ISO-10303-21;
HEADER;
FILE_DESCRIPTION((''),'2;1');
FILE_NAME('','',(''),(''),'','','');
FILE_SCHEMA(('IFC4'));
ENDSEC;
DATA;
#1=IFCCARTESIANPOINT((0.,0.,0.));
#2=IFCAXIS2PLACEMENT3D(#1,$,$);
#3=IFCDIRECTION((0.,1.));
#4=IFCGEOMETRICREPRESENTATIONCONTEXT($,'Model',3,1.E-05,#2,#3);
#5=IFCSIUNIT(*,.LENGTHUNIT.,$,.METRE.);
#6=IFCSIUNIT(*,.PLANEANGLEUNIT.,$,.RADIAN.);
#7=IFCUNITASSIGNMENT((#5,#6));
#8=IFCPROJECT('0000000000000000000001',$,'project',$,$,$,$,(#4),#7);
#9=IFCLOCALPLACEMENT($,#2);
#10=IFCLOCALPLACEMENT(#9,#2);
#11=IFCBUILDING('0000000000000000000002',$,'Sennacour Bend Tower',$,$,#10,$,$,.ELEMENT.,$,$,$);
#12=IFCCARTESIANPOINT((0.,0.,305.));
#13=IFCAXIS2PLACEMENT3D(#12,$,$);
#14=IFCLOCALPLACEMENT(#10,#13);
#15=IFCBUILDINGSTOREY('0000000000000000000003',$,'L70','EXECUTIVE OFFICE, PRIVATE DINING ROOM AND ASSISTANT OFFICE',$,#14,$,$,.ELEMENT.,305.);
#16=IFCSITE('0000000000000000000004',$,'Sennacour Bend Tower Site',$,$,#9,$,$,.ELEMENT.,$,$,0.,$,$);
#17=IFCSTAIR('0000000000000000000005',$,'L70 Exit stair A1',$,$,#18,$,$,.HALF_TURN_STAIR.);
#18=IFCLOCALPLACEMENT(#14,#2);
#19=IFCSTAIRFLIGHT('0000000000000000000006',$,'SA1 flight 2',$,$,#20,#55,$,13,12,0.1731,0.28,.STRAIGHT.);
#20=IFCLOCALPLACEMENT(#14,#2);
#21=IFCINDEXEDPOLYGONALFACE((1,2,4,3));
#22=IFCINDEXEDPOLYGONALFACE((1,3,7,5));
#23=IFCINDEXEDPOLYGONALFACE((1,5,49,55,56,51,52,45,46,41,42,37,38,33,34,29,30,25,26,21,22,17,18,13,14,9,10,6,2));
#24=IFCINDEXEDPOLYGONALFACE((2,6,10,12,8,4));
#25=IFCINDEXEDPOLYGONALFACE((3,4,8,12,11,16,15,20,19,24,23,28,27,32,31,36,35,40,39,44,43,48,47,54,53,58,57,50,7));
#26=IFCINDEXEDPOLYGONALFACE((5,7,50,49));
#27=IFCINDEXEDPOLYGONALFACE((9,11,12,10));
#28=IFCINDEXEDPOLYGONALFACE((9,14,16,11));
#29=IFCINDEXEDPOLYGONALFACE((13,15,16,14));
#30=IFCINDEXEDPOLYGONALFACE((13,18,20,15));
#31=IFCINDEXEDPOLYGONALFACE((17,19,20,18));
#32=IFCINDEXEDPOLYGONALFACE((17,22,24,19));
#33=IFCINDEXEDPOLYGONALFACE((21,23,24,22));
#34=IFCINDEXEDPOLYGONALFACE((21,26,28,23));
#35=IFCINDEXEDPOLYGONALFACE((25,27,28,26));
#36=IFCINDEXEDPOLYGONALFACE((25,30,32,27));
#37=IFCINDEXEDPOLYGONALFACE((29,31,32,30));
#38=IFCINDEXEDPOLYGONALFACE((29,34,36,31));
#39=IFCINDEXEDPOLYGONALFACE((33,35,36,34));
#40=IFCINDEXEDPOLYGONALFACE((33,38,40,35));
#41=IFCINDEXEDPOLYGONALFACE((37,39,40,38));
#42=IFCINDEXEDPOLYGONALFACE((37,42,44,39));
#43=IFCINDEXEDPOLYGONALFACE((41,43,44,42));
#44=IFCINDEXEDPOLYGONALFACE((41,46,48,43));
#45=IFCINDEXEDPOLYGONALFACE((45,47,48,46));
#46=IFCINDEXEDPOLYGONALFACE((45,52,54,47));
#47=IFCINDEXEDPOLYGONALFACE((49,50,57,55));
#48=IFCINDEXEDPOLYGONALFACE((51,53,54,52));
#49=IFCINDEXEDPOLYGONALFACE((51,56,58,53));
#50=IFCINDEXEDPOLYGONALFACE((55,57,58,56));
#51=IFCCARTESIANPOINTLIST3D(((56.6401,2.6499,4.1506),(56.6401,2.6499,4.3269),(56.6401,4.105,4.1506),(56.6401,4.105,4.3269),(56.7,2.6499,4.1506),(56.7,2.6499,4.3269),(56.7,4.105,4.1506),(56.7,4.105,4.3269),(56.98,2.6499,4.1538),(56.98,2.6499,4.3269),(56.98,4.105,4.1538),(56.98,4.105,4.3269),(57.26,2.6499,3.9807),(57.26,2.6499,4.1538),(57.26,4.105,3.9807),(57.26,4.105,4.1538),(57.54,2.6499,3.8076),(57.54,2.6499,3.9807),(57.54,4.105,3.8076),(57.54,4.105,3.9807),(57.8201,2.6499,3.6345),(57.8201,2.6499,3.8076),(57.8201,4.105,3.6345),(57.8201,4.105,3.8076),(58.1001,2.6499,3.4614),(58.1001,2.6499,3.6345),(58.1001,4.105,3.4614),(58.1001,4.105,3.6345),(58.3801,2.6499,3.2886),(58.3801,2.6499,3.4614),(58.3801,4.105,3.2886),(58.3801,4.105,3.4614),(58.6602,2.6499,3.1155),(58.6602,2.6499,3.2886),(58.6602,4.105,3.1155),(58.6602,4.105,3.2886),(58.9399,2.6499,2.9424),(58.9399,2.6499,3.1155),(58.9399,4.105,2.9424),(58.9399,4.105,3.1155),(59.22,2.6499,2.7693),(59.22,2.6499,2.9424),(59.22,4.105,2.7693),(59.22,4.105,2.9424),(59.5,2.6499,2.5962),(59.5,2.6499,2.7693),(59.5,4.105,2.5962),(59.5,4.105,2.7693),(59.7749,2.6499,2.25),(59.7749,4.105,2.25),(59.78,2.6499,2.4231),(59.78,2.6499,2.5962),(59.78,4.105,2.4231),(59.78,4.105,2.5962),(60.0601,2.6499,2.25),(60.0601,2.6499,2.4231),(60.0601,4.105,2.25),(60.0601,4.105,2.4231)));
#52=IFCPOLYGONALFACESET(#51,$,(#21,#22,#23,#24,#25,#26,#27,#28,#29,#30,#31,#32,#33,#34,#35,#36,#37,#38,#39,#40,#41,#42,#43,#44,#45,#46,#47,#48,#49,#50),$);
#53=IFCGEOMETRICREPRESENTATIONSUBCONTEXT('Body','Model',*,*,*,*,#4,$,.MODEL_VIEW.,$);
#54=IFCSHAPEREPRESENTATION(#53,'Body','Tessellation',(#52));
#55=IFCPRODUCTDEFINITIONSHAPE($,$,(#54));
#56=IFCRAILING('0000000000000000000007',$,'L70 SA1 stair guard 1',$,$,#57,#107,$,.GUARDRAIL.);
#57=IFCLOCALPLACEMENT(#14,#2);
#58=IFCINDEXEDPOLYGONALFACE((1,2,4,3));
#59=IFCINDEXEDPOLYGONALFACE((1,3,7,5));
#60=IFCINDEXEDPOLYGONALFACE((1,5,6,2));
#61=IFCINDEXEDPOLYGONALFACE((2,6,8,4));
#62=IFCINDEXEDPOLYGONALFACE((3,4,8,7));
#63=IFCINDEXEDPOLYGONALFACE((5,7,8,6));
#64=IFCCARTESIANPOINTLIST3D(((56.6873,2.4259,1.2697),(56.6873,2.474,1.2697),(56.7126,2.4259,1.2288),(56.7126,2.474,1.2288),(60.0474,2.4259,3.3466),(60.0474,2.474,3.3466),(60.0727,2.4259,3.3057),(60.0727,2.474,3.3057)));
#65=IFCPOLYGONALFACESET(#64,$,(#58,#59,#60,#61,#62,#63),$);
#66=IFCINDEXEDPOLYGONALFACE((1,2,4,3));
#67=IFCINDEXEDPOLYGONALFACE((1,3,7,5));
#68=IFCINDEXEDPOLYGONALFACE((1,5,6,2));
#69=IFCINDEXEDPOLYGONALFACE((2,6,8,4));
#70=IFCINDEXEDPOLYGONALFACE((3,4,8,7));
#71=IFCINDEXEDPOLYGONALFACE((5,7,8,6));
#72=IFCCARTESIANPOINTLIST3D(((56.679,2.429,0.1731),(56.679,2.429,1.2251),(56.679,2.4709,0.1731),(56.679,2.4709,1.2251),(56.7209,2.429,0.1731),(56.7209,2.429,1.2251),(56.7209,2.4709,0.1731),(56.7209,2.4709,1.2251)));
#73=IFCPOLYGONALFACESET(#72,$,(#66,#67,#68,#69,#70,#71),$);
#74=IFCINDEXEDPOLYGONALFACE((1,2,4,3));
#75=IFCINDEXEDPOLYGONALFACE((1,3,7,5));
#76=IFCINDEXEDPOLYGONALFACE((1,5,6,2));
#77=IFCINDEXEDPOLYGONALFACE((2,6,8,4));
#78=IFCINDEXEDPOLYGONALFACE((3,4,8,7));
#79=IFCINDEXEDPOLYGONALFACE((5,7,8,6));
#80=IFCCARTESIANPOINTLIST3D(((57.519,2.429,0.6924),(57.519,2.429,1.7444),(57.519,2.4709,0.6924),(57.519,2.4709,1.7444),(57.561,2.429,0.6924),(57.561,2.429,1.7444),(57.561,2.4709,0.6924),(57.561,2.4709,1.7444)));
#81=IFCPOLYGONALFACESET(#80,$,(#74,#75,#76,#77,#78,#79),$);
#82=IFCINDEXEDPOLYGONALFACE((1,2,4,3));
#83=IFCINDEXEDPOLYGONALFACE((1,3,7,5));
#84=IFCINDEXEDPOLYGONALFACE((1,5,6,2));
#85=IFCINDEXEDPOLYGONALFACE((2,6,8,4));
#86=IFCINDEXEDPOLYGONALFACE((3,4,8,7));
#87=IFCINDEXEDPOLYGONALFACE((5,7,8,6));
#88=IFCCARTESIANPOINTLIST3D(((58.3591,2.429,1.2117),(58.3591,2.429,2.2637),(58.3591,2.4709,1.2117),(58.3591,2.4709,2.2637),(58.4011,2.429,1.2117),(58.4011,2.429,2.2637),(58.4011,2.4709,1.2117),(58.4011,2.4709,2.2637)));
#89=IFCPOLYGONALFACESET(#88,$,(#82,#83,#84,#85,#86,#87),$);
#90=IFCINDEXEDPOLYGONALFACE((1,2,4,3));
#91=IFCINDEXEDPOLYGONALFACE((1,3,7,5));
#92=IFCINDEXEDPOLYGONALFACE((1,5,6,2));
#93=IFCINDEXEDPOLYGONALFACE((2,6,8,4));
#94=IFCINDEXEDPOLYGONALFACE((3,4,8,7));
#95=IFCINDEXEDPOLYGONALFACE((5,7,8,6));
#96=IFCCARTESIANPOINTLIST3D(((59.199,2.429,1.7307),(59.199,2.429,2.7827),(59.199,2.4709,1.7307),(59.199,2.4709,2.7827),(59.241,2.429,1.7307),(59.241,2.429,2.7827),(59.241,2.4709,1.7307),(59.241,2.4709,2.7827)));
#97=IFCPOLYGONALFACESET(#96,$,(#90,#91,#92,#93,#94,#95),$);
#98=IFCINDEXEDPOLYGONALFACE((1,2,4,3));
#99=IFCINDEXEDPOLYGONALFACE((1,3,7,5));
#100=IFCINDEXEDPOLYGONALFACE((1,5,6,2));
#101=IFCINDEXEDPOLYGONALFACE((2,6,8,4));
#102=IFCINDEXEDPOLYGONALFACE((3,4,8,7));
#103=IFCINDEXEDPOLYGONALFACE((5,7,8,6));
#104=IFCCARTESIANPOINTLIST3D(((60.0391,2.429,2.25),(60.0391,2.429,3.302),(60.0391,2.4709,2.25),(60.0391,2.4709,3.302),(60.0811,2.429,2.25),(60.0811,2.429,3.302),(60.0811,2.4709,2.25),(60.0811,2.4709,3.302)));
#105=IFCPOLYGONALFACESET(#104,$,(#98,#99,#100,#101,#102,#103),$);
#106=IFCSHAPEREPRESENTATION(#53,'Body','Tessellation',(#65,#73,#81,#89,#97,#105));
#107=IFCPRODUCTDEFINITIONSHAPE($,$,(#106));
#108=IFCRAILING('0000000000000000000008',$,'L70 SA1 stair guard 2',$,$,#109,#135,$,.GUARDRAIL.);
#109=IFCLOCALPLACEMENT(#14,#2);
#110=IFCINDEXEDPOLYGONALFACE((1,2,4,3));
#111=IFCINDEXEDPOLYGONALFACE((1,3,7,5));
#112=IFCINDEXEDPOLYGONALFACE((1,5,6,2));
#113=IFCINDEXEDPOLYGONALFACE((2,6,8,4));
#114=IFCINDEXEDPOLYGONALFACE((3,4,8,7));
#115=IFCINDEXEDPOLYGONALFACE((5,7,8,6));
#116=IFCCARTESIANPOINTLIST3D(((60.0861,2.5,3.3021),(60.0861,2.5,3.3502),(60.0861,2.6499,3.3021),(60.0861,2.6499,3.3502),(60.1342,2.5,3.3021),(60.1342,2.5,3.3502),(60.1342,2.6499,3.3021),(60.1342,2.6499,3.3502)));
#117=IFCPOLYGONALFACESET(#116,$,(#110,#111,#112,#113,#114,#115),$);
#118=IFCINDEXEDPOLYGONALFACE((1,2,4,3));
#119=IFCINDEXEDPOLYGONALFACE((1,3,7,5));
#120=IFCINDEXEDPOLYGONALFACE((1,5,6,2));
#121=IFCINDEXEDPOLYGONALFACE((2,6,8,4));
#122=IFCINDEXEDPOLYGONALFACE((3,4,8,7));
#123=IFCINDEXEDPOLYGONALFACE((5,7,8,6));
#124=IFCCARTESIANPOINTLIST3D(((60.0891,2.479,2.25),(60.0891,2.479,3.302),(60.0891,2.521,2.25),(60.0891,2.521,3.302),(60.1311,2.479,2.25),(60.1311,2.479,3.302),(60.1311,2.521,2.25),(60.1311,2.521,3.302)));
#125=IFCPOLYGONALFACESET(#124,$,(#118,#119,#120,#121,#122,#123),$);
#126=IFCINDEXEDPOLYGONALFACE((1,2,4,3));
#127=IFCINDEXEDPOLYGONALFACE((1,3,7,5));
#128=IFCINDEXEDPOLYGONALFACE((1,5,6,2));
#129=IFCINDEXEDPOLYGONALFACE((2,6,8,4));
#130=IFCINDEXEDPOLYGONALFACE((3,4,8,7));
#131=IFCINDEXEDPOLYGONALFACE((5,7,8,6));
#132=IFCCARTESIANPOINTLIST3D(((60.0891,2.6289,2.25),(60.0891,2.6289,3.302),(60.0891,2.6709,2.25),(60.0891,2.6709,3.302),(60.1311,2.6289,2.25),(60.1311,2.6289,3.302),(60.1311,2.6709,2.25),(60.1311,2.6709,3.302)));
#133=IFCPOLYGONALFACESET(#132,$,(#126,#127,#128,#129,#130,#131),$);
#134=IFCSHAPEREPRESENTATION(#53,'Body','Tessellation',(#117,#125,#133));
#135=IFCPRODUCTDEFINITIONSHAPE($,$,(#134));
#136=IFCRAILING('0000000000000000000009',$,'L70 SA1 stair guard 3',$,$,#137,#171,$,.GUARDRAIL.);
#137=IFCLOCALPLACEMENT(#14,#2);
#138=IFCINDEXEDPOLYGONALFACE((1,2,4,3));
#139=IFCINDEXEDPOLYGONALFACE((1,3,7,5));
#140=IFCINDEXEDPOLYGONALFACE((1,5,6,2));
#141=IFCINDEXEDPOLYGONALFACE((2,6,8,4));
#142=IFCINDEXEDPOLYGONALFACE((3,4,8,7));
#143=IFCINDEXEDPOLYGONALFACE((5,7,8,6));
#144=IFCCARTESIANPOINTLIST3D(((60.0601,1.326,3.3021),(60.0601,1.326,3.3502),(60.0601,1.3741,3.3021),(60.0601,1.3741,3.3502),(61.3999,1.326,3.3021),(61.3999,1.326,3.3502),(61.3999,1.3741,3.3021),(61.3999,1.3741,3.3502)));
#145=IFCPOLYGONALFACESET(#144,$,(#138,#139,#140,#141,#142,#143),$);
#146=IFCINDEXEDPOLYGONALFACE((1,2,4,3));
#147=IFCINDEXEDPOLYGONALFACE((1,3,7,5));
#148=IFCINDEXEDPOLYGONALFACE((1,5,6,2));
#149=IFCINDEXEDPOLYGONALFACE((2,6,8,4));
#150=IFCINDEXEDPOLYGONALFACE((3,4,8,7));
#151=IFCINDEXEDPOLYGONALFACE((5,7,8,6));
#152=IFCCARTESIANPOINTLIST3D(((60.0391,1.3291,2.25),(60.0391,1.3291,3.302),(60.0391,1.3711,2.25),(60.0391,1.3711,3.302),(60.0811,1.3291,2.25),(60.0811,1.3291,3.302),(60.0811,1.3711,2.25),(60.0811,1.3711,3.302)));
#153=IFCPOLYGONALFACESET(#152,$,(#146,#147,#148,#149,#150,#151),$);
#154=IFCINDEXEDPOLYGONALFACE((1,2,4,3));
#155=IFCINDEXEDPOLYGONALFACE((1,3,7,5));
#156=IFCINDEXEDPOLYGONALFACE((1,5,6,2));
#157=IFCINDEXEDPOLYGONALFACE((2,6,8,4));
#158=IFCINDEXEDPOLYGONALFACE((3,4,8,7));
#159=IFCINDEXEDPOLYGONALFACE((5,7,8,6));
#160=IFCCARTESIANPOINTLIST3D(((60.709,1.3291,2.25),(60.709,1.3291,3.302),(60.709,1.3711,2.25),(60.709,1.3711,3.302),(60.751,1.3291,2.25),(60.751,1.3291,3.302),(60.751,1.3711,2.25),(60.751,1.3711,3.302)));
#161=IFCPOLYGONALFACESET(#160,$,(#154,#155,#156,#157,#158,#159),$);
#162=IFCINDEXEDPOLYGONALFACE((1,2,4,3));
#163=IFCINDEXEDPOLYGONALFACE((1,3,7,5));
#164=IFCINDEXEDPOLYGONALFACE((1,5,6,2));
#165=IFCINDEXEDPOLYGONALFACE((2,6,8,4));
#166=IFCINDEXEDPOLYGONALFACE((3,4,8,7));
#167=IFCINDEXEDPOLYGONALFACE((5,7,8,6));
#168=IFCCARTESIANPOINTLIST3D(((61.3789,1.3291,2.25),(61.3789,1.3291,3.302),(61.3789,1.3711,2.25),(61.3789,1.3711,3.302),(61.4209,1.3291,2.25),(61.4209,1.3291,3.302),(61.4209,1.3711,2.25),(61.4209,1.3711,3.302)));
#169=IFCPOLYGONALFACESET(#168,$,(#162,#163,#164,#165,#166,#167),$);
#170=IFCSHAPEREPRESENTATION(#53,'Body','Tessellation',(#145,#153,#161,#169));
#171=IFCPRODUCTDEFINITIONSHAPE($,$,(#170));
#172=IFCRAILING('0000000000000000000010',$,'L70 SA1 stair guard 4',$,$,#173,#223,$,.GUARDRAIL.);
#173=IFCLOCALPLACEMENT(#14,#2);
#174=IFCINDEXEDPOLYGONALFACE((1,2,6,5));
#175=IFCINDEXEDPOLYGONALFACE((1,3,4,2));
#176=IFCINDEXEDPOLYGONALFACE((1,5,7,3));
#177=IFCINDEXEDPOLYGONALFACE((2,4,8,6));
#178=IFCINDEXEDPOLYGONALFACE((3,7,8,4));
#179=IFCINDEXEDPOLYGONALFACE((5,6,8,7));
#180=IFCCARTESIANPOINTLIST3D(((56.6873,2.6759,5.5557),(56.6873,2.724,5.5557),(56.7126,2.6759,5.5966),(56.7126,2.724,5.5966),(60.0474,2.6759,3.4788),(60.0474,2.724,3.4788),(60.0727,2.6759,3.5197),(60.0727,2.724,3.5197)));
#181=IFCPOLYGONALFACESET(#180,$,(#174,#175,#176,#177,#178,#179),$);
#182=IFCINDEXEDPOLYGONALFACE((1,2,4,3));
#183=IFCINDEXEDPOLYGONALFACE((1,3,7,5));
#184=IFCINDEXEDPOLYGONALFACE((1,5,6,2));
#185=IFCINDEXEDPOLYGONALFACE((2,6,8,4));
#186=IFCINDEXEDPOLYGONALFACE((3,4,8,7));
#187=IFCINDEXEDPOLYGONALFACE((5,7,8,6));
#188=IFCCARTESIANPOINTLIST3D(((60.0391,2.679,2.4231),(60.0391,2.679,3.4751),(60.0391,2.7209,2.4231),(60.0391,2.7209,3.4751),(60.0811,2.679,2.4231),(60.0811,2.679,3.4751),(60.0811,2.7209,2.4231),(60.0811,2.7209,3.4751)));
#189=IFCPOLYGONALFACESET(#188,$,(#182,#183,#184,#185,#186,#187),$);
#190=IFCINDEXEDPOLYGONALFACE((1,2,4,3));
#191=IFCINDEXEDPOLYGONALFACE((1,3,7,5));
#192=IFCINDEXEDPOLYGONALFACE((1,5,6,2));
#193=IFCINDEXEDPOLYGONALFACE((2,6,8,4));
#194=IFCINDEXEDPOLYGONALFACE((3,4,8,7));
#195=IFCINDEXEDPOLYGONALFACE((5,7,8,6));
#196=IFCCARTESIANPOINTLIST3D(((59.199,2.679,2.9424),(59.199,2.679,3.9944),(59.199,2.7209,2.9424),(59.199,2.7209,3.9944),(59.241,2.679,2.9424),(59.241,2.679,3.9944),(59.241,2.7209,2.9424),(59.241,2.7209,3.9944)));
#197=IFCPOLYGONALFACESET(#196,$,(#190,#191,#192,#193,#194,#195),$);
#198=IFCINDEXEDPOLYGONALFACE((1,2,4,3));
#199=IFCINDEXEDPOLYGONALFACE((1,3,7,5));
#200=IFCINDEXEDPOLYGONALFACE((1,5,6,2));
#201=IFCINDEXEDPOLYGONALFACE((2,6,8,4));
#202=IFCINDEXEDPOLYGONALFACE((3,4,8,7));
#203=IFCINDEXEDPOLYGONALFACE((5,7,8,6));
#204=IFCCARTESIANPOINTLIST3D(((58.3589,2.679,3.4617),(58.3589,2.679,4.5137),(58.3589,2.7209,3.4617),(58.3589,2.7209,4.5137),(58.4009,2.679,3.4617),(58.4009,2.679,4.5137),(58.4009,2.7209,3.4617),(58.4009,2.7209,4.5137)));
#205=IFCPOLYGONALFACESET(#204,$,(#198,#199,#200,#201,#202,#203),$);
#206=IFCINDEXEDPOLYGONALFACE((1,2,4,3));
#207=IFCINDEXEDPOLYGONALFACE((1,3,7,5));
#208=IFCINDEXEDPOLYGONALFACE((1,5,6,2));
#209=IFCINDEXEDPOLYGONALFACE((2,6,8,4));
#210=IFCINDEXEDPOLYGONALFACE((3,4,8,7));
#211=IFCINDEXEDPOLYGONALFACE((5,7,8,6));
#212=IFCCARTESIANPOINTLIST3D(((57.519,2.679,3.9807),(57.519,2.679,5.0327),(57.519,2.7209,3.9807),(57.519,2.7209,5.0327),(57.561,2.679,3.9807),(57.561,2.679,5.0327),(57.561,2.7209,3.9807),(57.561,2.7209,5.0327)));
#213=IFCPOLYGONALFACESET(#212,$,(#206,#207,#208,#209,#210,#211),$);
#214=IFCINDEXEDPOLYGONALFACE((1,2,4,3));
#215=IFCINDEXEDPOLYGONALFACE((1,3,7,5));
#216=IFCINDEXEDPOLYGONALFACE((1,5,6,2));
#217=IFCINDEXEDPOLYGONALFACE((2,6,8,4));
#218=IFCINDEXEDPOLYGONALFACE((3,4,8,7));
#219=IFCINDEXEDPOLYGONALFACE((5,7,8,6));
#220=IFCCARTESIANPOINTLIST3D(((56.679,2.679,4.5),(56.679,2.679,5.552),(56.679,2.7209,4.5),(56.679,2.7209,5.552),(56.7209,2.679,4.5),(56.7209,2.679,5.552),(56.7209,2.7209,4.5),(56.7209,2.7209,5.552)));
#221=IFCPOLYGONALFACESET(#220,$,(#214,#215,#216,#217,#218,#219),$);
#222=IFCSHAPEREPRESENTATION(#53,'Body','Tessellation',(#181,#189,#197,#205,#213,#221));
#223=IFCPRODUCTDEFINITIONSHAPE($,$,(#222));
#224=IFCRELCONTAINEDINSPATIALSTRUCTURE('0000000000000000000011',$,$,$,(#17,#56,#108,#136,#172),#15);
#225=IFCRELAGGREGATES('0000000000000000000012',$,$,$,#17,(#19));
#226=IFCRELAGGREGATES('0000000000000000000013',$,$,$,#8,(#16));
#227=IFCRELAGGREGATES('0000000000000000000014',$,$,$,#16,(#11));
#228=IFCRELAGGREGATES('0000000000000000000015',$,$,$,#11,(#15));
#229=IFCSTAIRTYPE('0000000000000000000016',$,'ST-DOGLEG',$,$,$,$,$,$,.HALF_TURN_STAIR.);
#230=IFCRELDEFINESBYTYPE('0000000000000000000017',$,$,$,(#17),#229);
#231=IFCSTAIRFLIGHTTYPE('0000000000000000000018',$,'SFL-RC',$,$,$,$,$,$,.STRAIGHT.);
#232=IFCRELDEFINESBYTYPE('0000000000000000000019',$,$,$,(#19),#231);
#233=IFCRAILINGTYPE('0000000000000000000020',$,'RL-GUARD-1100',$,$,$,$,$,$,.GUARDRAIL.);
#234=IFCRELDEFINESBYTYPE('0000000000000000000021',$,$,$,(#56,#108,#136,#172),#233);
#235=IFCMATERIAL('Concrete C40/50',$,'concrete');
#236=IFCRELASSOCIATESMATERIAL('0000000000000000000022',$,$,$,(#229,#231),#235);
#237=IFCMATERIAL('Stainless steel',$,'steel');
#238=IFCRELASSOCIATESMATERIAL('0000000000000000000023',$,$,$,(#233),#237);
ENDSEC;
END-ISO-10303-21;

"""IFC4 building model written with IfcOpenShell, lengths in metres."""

from ifc_helpers import new_model, si_unit, direction, frame, origin, origin_2d, place, context, subcontext, project, spatial, polyline, rectangle, outline, extrude, material, type_object, element, aggregate, save


model = new_model("IFC4")

# Units and contexts
model_context = context("Model", 3, precision=1e-05, world=origin(), true_north=direction((0.0, 1.0)))
body_context = subcontext(model_context, "Body", "Model", "MODEL_VIEW")
ifc_project = project(units=[si_unit("LENGTHUNIT", "METRE"), si_unit("PLANEANGLEUNIT", "RADIAN")], contexts=[model_context])

# Site, building, storey
site_placement = place(None, origin())
site = spatial("IfcSite", under=ifc_project, at=site_placement, Name="Sennacour Bend Tower Site", CompositionType="ELEMENT", RefElevation=0.0)
building_placement = place(site_placement, origin())
building = spatial("IfcBuilding", under=site, at=building_placement, Name="Sennacour Bend Tower", CompositionType="ELEMENT")
storey_placement = place(building_placement, frame((0.0, 0.0, 305.0)))
storey = spatial("IfcBuildingStorey", under=building, at=storey_placement, Name="L70", Description="EXECUTIVE OFFICE, PRIVATE DINING ROOM AND ASSISTANT OFFICE", CompositionType="ELEMENT", Elevation=305.0)

# Shared definitions
ifc_material_1 = material(Name="Stainless steel", Category="steel")

# Stair, stair flight
ifc_material_2 = material(Name="Concrete C40/50", Category="concrete")
stair_type = type_object("IfcStairType", Name="ST-DOGLEG", PredefinedType="HALF_TURN_STAIR", material=ifc_material_2)
stair_placement = place(storey_placement, origin())
stair = element("IfcStair", 1, at=stair_placement, inside=storey, type_object=stair_type, Name="L70 Exit stair A1", PredefinedType="HALF_TURN_STAIR")
stair_flight_type = type_object("IfcStairFlightType", Name="SFL-RC", PredefinedType="STRAIGHT", material=ifc_material_2)
stair_flight_1_placement = place(storey_placement, frame((60.0601, 3.3774, 2.25), z_axis=(0.0, 0.0, 1.0), x_axis=(-1.0, 0.0, 0.0)))
stair_flight_1 = element("IfcStairFlight", 2, at=stair_flight_1_placement, type_object=stair_flight_type, Name="SA1 flight 2", NumberOfRisers=13, NumberOfTreads=12, PredefinedType="STRAIGHT", RiserHeight=0.1731, TreadLength=0.28, context=body_context, shape_type="SweptSolid", body=[
    extrude(outline(polyline([(0.0, 0.0), (0.0, 0.1731), (0.28, 0.1731), (0.28, 0.3462), (0.5601, 0.3462), (0.5601, 0.5193), (0.8401, 0.5193), (0.8401, 0.6924), (1.1201, 0.6924), (1.1201, 0.8655), (1.3999, 0.8655), (1.3999, 1.0386), (1.6799, 1.0386), (1.6799, 1.2114), (1.96, 1.2114), (1.96, 1.3845), (2.24, 1.3845), (2.24, 1.5576), (2.52, 1.5576), (2.52, 1.7307), (2.8, 1.7307), (2.8, 1.9038), (3.0801, 1.9038), (3.0801, 2.0769), (3.3601, 2.0769), (3.4199, 2.0769), (3.4199, 1.9006), (3.3601, 1.9006), (0.2852, 0.0), (0.0, 0.0)])), frame((0.0, 0.7275, 0.0), z_axis=(0.0, -1.0, 0.0), x_axis=(1.0, 0.0, 0.0)), (0.0, 0.0, 1.0), 1.4551),
])
aggregate(stair, [stair_flight_1])

# Railings
railing_type_1 = type_object("IfcRailingType", Name="RL-GUARD-1100", PredefinedType="GUARDRAIL", material=ifc_material_1)
railing_1_placement = place(storey_placement, frame((56.7, 2.45, 0.1731)))
element("IfcRailing", 3, at=railing_1_placement, inside=storey, type_object=railing_type_1, Name="L70 SA1 stair guard 1", PredefinedType="GUARDRAIL", context=body_context, shape_type="SweptSolid", body=[
    extrude(rectangle(XDim=0.0481, YDim=0.0481, at=origin_2d()), frame((0.0, 0.0, 1.0762), z_axis=(0.850623, 0.0, 0.525776), x_axis=(0.0, 1.0, 0.0)), (0.0, 0.0, 1.0), 3.9502),
    extrude(rectangle(XDim=0.042, YDim=0.042, at=origin_2d()), origin(), (0.0, 0.0, 1.0), 1.052),
    extrude(rectangle(XDim=0.042, YDim=0.042, at=origin_2d()), frame((0.8401, 0.0, 0.5193)), (0.0, 0.0, 1.0), 1.052),
    extrude(rectangle(XDim=0.042, YDim=0.042, at=origin_2d()), frame((1.6802, 0.0, 1.0386)), (0.0, 0.0, 1.0), 1.052),
    extrude(rectangle(XDim=0.042, YDim=0.042, at=origin_2d()), frame((2.52, 0.0, 1.5576)), (0.0, 0.0, 1.0), 1.052),
    extrude(rectangle(XDim=0.042, YDim=0.042, at=origin_2d()), frame((3.3601, 0.0, 2.0769)), (0.0, 0.0, 1.0), 1.052),
])
railing_2_placement = place(storey_placement, frame((60.1101, 2.5, 2.25)))
element("IfcRailing", 4, at=railing_2_placement, inside=storey, type_object=railing_type_1, Name="L70 SA1 stair guard 2", PredefinedType="GUARDRAIL", context=body_context, shape_type="SweptSolid", body=[
    extrude(rectangle(XDim=0.0481, YDim=0.0481, at=origin_2d()), frame((0.0, 0.0, 1.0762), z_axis=(0.0, 1.0, 0.0), x_axis=(-1.0, 0.0, 0.0)), (0.0, 0.0, 1.0), 0.1499),
    extrude(rectangle(XDim=0.042, YDim=0.042, at=origin_2d()), origin(), (0.0, 0.0, 1.0), 1.052),
    extrude(rectangle(XDim=0.042, YDim=0.042, at=origin_2d()), frame((0.0, 0.1499, 0.0)), (0.0, 0.0, 1.0), 1.052),
])
railing_3_placement = place(storey_placement, frame((60.0601, 1.3501, 2.25)))
element("IfcRailing", 5, at=railing_3_placement, inside=storey, type_object=railing_type_1, Name="L70 SA1 stair guard 3", PredefinedType="GUARDRAIL", context=body_context, shape_type="SweptSolid", body=[
    extrude(rectangle(XDim=0.0481, YDim=0.0481, at=origin_2d()), frame((0.0, 0.0, 1.0762), z_axis=(1.0, 0.0, 0.0), x_axis=(0.0, 1.0, 0.0)), (0.0, 0.0, 1.0), 1.3398),
    extrude(rectangle(XDim=0.042, YDim=0.042, at=origin_2d()), origin(), (0.0, 0.0, 1.0), 1.052),
    extrude(rectangle(XDim=0.042, YDim=0.042, at=origin_2d()), frame((0.6699, 0.0, 0.0)), (0.0, 0.0, 1.0), 1.052),
    extrude(rectangle(XDim=0.042, YDim=0.042, at=origin_2d()), frame((1.3398, 0.0, 0.0)), (0.0, 0.0, 1.0), 1.052),
])
railing_4_placement = place(storey_placement, frame((60.0601, 2.7, 2.4231)))
element("IfcRailing", 6, at=railing_4_placement, inside=storey, type_object=railing_type_1, Name="L70 SA1 stair guard 4", PredefinedType="GUARDRAIL", context=body_context, shape_type="SweptSolid", body=[
    extrude(rectangle(XDim=0.0481, YDim=0.0481, at=origin_2d()), frame((0.0, 0.0, 1.0762), z_axis=(-0.850623, 0.0, 0.525776), x_axis=(0.0, -1.0, 0.0)), (0.0, 0.0, 1.0), 3.9502),
    extrude(rectangle(XDim=0.042, YDim=0.042, at=origin_2d()), origin(), (0.0, 0.0, 1.0), 1.052),
    extrude(rectangle(XDim=0.042, YDim=0.042, at=origin_2d()), frame((-0.8401, 0.0, 0.5193)), (0.0, 0.0, 1.0), 1.052),
    extrude(rectangle(XDim=0.042, YDim=0.042, at=origin_2d()), frame((-1.6802, 0.0, 1.0386)), (0.0, 0.0, 1.0), 1.052),
    extrude(rectangle(XDim=0.042, YDim=0.042, at=origin_2d()), frame((-2.52, 0.0, 1.5576)), (0.0, 0.0, 1.0), 1.052),
    extrude(rectangle(XDim=0.042, YDim=0.042, at=origin_2d()), frame((-3.3601, 0.0, 2.0769)), (0.0, 0.0, 1.0), 1.052),
])

save(model, "model.ifc")
